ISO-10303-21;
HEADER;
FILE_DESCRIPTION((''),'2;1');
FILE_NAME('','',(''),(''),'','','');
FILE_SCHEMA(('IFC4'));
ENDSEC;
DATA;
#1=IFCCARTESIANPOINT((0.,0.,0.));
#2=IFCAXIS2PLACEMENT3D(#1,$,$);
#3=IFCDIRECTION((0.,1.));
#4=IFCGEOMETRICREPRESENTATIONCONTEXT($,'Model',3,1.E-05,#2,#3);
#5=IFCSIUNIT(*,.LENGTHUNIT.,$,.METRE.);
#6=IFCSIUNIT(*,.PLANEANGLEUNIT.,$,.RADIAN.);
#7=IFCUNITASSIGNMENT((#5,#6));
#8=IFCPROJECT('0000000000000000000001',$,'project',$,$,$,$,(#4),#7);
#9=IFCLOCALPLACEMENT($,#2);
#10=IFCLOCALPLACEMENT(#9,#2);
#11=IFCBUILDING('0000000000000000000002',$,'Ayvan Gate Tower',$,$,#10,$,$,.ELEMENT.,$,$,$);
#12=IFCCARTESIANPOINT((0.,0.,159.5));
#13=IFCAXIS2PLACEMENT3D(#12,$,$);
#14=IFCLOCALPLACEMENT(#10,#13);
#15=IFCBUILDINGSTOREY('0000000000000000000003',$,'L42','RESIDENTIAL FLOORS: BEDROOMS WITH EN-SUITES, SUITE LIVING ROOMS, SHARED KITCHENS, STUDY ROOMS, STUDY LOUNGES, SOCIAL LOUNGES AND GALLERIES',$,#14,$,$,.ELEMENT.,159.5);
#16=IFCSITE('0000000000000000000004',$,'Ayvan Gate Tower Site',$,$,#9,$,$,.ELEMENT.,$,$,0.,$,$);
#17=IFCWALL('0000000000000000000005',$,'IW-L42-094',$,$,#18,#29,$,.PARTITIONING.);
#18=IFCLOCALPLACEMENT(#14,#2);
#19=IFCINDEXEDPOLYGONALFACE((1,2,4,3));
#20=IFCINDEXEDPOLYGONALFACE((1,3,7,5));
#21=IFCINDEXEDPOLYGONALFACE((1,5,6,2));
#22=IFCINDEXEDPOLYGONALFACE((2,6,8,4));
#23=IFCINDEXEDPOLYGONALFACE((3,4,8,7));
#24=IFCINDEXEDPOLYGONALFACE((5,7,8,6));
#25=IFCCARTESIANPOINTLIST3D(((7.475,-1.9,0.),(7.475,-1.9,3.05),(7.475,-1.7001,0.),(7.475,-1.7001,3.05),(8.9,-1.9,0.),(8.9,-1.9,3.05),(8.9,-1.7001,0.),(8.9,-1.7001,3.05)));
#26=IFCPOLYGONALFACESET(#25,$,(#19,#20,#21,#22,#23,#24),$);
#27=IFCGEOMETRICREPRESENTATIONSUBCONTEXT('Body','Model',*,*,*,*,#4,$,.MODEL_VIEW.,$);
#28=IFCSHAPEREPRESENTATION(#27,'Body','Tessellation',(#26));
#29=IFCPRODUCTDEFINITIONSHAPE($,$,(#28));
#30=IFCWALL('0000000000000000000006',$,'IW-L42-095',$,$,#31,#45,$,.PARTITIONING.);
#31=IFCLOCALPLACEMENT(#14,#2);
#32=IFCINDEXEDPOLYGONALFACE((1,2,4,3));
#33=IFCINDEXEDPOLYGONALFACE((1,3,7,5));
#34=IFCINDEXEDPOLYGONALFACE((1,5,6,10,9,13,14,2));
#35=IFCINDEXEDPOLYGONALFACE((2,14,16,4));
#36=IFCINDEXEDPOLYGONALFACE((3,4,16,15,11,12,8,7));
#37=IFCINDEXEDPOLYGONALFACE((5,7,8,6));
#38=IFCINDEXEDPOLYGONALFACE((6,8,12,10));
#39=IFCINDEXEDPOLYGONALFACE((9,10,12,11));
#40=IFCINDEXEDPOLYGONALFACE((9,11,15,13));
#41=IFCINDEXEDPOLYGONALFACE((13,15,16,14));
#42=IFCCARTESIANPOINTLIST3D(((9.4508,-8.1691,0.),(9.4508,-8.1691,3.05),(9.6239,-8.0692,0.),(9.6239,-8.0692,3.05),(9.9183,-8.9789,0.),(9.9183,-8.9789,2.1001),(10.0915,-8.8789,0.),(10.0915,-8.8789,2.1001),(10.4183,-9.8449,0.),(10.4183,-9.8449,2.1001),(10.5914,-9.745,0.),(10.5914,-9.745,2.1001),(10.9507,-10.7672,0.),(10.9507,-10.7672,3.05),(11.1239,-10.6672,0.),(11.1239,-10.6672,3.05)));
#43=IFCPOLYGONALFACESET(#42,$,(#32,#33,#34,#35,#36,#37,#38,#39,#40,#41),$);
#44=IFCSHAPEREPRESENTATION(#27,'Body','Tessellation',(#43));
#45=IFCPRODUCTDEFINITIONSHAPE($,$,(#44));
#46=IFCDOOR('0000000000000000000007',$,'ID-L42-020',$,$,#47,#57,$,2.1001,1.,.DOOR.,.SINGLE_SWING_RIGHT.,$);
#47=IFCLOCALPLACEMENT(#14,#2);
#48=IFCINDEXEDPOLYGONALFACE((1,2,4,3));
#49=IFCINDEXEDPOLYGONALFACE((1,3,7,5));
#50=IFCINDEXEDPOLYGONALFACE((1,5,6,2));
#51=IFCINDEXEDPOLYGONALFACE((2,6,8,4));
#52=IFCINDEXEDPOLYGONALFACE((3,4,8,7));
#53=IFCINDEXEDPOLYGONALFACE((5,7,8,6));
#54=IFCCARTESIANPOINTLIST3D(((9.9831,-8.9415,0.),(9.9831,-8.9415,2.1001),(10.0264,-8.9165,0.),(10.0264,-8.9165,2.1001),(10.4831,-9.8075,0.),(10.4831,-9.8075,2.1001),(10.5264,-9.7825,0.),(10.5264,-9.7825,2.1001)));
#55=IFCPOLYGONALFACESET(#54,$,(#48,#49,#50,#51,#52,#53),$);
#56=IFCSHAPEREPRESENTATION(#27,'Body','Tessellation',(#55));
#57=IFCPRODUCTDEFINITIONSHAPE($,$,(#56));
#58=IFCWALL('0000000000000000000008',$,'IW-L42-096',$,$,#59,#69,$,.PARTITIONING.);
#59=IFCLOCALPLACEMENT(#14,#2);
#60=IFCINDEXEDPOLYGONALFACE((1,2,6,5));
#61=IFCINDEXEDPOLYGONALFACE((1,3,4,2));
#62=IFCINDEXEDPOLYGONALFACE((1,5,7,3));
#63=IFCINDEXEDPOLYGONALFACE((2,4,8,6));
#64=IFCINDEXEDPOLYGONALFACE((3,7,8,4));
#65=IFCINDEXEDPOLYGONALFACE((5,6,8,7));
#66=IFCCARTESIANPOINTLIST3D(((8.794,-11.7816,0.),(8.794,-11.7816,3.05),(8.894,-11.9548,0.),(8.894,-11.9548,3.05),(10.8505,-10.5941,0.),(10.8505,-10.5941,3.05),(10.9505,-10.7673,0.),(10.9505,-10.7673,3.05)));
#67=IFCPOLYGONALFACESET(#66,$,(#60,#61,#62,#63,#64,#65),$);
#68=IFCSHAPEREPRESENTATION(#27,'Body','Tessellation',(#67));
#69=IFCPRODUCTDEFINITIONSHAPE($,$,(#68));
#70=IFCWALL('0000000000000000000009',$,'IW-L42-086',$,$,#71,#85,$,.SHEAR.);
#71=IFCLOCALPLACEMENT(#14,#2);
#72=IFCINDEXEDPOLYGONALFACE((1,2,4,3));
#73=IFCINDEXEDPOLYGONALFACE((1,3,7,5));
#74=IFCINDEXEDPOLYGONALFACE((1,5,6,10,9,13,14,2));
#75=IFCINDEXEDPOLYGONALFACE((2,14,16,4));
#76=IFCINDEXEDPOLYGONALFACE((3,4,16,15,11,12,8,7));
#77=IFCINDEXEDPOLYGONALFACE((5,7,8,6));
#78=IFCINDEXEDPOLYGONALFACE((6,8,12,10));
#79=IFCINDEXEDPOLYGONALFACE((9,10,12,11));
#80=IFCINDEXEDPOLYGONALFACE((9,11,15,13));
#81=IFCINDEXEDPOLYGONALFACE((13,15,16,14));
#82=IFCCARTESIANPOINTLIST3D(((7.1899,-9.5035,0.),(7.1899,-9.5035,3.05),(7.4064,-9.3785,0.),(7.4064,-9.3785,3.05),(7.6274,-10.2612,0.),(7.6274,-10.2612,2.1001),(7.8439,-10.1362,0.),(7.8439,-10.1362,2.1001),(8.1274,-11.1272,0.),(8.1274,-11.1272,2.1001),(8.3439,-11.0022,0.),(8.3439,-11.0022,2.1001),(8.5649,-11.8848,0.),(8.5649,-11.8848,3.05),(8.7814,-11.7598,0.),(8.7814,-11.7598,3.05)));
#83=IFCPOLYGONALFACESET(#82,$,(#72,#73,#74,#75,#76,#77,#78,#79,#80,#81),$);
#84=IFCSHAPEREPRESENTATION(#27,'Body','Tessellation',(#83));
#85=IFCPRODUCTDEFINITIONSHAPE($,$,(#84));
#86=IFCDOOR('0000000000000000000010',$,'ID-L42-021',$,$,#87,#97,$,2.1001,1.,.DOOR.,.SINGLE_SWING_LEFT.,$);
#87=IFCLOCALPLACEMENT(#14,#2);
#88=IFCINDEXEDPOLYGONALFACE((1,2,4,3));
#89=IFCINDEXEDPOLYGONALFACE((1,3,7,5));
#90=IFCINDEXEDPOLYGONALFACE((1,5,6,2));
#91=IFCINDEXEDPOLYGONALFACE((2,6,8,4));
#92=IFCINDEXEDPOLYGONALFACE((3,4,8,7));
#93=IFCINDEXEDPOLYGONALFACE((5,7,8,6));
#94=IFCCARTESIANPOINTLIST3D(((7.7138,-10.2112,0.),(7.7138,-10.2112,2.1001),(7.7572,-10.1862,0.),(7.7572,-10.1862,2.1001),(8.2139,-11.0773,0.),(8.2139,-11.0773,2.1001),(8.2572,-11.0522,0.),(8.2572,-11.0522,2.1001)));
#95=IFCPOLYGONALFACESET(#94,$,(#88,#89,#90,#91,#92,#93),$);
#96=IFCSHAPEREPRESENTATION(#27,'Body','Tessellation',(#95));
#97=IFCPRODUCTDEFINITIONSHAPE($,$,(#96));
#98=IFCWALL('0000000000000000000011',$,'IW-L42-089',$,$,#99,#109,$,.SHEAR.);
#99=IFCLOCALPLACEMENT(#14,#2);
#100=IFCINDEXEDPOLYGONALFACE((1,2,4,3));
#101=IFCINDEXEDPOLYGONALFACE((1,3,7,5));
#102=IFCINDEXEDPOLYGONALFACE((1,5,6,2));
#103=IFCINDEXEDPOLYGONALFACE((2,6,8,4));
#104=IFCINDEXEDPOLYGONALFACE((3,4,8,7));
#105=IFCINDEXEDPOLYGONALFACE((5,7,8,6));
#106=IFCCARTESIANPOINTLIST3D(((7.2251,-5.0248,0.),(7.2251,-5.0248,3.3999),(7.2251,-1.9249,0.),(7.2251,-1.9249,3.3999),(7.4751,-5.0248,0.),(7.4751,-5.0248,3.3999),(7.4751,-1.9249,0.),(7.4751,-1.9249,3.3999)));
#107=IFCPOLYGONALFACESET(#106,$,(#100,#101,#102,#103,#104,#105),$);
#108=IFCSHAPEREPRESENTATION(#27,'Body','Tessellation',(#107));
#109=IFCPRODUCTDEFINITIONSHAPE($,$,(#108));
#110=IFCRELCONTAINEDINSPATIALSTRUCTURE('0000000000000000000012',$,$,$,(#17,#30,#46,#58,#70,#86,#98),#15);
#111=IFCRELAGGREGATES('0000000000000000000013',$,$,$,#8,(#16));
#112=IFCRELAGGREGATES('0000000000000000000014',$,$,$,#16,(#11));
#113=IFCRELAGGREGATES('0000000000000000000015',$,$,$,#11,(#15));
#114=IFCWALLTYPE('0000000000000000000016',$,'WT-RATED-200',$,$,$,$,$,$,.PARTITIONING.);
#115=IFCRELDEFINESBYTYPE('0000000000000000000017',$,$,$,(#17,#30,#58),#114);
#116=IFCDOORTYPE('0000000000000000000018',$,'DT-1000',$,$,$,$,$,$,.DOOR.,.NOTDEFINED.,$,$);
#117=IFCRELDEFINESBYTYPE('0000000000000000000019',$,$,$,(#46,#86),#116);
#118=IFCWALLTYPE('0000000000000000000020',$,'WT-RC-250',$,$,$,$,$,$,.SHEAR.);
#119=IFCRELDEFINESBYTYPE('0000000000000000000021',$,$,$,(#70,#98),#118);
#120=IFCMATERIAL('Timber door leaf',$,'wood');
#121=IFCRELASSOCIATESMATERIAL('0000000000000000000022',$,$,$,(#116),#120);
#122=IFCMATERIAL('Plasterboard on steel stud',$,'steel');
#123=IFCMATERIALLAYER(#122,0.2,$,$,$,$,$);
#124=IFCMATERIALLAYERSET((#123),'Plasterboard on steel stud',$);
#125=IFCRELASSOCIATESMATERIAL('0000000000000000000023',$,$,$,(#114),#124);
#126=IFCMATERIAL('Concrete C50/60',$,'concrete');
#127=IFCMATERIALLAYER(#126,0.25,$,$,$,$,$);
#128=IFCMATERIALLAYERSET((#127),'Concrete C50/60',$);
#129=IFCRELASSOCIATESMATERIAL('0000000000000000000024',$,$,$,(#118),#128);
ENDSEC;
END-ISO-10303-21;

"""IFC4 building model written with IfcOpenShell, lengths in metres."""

from ifc_helpers import new_model, si_unit, direction, frame, frame_2d, origin, place, context, subcontext, project, spatial, rectangle, extrude, material, layer, layer_set, type_object, element, fill, save


model = new_model("IFC4")

# Units and contexts
model_context = context("Model", 3, precision=1e-05, world=origin(), true_north=direction((0.0, 1.0)))
body_context = subcontext(model_context, "Body", "Model", "MODEL_VIEW")
ifc_project = project(units=[si_unit("LENGTHUNIT", "METRE"), si_unit("PLANEANGLEUNIT", "RADIAN")], contexts=[model_context])

# Site, building, storey
site_placement = place(None, origin())
site = spatial("IfcSite", under=ifc_project, at=site_placement, Name="Ayvan Gate Tower Site", CompositionType="ELEMENT", RefElevation=0.0)
building_placement = place(site_placement, origin())
building = spatial("IfcBuilding", under=site, at=building_placement, Name="Ayvan Gate Tower", CompositionType="ELEMENT")
storey_placement = place(building_placement, frame((0.0, 0.0, 159.5)))
storey = spatial("IfcBuildingStorey", under=building, at=storey_placement, Name="L42", Description="RESIDENTIAL FLOORS: BEDROOMS WITH EN-SUITES, SUITE LIVING ROOMS, SHARED KITCHENS, STUDY ROOMS, STUDY LOUNGES, SOCIAL LOUNGES AND GALLERIES", CompositionType="ELEMENT", Elevation=159.5)

# Shared definitions
ifc_material_1 = material(Name="Timber door leaf", Category="wood")

# Shared definitions
ifc_material_2 = material(Name="Plasterboard on steel stud", Category="steel")

# Shared definitions
door_type_1 = type_object("IfcDoorType", Name="DT-1000", OperationType="NOTDEFINED", PredefinedType="DOOR", material=ifc_material_1)

# Wall
ifc_layer_1 = layer(ifc_material_2, 0.2)
ifc_layer_set_1 = layer_set([ifc_layer_1], Name="Plasterboard on steel stud")
wall_type_1 = type_object("IfcWallType", Name="WT-RATED-200", PredefinedType="PARTITIONING", material=ifc_layer_set_1)
wall_1_placement = place(storey_placement, frame((8.8999, -1.8, 0.0), z_axis=(0.0, 0.0, 1.0), x_axis=(-1.0, 0.0, 0.0)))
element("IfcWall", 1, at=wall_1_placement, inside=storey, type_object=wall_type_1, Name="IW-L42-094", PredefinedType="PARTITIONING", context=body_context, shape_type="SweptSolid", body=[
    extrude(rectangle(XDim=1.425, YDim=0.2, at=frame_2d((0.7124, 0.0))), origin(), (0.0, 0.0, 1.0), 3.05),
])

# Wall, opening, door
wall_2_placement = place(storey_placement, frame((9.5374, -8.1191, 0.0), z_axis=(0.0, 0.0, 1.0), x_axis=(0.49999, -0.866031, 0.0)))
wall_2 = element("IfcWall", 2, at=wall_2_placement, inside=storey, type_object=wall_type_1, Name="IW-L42-095", PredefinedType="PARTITIONING", context=body_context, shape_type="SweptSolid", body=[
    extrude(rectangle(XDim=3.0, YDim=0.2, at=frame_2d((1.5, 0.0))), origin(), (0.0, 0.0, 1.0), 3.05),
])
opening_1_placement = place(wall_2_placement, frame((0.9351, 0.0, 0.0)))
opening_1 = element("IfcOpeningElement", 3, at=opening_1_placement, cuts=wall_2, PredefinedType="OPENING", context=body_context, shape_type="SweptSolid", body=[
    extrude(rectangle(XDim=1.0, YDim=2.1001, at=frame_2d((0.5, 1.05))), frame((0.0, 0.1099, 0.0), z_axis=(0.0, -1.0, 0.0), x_axis=(1.0, 0.0, 0.0)), (0.0, 0.0, 1.0), 0.22),
])
door_1_placement = place(opening_1_placement, origin())
door_1 = element("IfcDoor", 4, at=door_1_placement, inside=storey, type_object=door_type_1, Name="ID-L42-020", OperationType="SINGLE_SWING_RIGHT", OverallHeight=2.1001, OverallWidth=1.0, PredefinedType="DOOR", context=body_context, shape_type="SweptSolid", body=[
    extrude(rectangle(XDim=1.0, YDim=2.1001, at=frame_2d((0.5, 1.05))), frame((0.0, 0.0249, 0.0), z_axis=(0.0, -1.0, 0.0), x_axis=(1.0, 0.0, 0.0)), (0.0, 0.0, 1.0), 0.05),
])
fill(opening_1, door_1)

# Wall
wall_3_placement = place(storey_placement, frame((10.9006, -10.6807, 0.0), z_axis=(0.0, 0.0, 1.0), x_axis=(-0.866008, -0.500031, 0.0)))
element("IfcWall", 5, at=wall_3_placement, inside=storey, type_object=wall_type_1, Name="IW-L42-096", PredefinedType="PARTITIONING", context=body_context, shape_type="SweptSolid", body=[
    extrude(rectangle(XDim=2.3748, YDim=0.2, at=frame_2d((1.1875, 0.0))), origin(), (0.0, 0.0, 1.0), 3.05),
])

# Wall, opening, door
ifc_material_3 = material(Name="Concrete C50/60", Category="concrete")
ifc_layer_2 = layer(ifc_material_3, 0.25)
ifc_layer_set_2 = layer_set([ifc_layer_2], Name="Concrete C50/60")
wall_type_2 = type_object("IfcWallType", Name="WT-RC-250", PredefinedType="SHEAR", material=ifc_layer_set_2)
wall_4_placement = place(storey_placement, frame((7.2981, -9.4409, 0.0), z_axis=(0.0, 0.0, 1.0), x_axis=(0.500035, -0.866005, 0.0)))
wall_4 = element("IfcWall", 6, at=wall_4_placement, inside=storey, type_object=wall_type_2, Name="IW-L42-086", PredefinedType="SHEAR", context=body_context, shape_type="SweptSolid", body=[
    extrude(rectangle(XDim=2.7498, YDim=0.25, at=frame_2d((1.375, 0.0))), origin(), (0.0, 0.0, 1.0), 3.05),
])
opening_2_placement = place(wall_4_placement, frame((0.875, 0.0, 0.0)))
opening_2 = element("IfcOpeningElement", 7, at=opening_2_placement, cuts=wall_4, PredefinedType="OPENING", context=body_context, shape_type="SweptSolid", body=[
    extrude(rectangle(XDim=1.0, YDim=2.1001, at=frame_2d((0.5, 1.05))), frame((0.0, 0.135, 0.0), z_axis=(0.0, -1.0, 0.0), x_axis=(1.0, 0.0, 0.0)), (0.0, 0.0, 1.0), 0.27),
])
door_2_placement = place(opening_2_placement, origin())
door_2 = element("IfcDoor", 8, at=door_2_placement, inside=storey, type_object=door_type_1, Name="ID-L42-021", OperationType="SINGLE_SWING_LEFT", OverallHeight=2.1001, OverallWidth=1.0, PredefinedType="DOOR", context=body_context, shape_type="SweptSolid", body=[
    extrude(rectangle(XDim=1.0, YDim=2.1001, at=frame_2d((0.5, 1.05))), frame((0.0, 0.0249, 0.0), z_axis=(0.0, -1.0, 0.0), x_axis=(1.0, 0.0, 0.0)), (0.0, 0.0, 1.0), 0.05),
])
fill(opening_2, door_2)

# Wall
wall_5_placement = place(storey_placement, frame((7.3501, -1.925, 0.0), z_axis=(0.0, 0.0, 1.0), x_axis=(0.0, -1.0, 0.0)))
element("IfcWall", 9, at=wall_5_placement, inside=storey, type_object=wall_type_2, Name="IW-L42-089", PredefinedType="SHEAR", context=body_context, shape_type="SweptSolid", body=[
    extrude(rectangle(XDim=3.0999, YDim=0.25, at=frame_2d((1.5498, 0.0))), origin(), (0.0, 0.0, 1.0), 3.3999),
])

save(model, "model.ifc")
